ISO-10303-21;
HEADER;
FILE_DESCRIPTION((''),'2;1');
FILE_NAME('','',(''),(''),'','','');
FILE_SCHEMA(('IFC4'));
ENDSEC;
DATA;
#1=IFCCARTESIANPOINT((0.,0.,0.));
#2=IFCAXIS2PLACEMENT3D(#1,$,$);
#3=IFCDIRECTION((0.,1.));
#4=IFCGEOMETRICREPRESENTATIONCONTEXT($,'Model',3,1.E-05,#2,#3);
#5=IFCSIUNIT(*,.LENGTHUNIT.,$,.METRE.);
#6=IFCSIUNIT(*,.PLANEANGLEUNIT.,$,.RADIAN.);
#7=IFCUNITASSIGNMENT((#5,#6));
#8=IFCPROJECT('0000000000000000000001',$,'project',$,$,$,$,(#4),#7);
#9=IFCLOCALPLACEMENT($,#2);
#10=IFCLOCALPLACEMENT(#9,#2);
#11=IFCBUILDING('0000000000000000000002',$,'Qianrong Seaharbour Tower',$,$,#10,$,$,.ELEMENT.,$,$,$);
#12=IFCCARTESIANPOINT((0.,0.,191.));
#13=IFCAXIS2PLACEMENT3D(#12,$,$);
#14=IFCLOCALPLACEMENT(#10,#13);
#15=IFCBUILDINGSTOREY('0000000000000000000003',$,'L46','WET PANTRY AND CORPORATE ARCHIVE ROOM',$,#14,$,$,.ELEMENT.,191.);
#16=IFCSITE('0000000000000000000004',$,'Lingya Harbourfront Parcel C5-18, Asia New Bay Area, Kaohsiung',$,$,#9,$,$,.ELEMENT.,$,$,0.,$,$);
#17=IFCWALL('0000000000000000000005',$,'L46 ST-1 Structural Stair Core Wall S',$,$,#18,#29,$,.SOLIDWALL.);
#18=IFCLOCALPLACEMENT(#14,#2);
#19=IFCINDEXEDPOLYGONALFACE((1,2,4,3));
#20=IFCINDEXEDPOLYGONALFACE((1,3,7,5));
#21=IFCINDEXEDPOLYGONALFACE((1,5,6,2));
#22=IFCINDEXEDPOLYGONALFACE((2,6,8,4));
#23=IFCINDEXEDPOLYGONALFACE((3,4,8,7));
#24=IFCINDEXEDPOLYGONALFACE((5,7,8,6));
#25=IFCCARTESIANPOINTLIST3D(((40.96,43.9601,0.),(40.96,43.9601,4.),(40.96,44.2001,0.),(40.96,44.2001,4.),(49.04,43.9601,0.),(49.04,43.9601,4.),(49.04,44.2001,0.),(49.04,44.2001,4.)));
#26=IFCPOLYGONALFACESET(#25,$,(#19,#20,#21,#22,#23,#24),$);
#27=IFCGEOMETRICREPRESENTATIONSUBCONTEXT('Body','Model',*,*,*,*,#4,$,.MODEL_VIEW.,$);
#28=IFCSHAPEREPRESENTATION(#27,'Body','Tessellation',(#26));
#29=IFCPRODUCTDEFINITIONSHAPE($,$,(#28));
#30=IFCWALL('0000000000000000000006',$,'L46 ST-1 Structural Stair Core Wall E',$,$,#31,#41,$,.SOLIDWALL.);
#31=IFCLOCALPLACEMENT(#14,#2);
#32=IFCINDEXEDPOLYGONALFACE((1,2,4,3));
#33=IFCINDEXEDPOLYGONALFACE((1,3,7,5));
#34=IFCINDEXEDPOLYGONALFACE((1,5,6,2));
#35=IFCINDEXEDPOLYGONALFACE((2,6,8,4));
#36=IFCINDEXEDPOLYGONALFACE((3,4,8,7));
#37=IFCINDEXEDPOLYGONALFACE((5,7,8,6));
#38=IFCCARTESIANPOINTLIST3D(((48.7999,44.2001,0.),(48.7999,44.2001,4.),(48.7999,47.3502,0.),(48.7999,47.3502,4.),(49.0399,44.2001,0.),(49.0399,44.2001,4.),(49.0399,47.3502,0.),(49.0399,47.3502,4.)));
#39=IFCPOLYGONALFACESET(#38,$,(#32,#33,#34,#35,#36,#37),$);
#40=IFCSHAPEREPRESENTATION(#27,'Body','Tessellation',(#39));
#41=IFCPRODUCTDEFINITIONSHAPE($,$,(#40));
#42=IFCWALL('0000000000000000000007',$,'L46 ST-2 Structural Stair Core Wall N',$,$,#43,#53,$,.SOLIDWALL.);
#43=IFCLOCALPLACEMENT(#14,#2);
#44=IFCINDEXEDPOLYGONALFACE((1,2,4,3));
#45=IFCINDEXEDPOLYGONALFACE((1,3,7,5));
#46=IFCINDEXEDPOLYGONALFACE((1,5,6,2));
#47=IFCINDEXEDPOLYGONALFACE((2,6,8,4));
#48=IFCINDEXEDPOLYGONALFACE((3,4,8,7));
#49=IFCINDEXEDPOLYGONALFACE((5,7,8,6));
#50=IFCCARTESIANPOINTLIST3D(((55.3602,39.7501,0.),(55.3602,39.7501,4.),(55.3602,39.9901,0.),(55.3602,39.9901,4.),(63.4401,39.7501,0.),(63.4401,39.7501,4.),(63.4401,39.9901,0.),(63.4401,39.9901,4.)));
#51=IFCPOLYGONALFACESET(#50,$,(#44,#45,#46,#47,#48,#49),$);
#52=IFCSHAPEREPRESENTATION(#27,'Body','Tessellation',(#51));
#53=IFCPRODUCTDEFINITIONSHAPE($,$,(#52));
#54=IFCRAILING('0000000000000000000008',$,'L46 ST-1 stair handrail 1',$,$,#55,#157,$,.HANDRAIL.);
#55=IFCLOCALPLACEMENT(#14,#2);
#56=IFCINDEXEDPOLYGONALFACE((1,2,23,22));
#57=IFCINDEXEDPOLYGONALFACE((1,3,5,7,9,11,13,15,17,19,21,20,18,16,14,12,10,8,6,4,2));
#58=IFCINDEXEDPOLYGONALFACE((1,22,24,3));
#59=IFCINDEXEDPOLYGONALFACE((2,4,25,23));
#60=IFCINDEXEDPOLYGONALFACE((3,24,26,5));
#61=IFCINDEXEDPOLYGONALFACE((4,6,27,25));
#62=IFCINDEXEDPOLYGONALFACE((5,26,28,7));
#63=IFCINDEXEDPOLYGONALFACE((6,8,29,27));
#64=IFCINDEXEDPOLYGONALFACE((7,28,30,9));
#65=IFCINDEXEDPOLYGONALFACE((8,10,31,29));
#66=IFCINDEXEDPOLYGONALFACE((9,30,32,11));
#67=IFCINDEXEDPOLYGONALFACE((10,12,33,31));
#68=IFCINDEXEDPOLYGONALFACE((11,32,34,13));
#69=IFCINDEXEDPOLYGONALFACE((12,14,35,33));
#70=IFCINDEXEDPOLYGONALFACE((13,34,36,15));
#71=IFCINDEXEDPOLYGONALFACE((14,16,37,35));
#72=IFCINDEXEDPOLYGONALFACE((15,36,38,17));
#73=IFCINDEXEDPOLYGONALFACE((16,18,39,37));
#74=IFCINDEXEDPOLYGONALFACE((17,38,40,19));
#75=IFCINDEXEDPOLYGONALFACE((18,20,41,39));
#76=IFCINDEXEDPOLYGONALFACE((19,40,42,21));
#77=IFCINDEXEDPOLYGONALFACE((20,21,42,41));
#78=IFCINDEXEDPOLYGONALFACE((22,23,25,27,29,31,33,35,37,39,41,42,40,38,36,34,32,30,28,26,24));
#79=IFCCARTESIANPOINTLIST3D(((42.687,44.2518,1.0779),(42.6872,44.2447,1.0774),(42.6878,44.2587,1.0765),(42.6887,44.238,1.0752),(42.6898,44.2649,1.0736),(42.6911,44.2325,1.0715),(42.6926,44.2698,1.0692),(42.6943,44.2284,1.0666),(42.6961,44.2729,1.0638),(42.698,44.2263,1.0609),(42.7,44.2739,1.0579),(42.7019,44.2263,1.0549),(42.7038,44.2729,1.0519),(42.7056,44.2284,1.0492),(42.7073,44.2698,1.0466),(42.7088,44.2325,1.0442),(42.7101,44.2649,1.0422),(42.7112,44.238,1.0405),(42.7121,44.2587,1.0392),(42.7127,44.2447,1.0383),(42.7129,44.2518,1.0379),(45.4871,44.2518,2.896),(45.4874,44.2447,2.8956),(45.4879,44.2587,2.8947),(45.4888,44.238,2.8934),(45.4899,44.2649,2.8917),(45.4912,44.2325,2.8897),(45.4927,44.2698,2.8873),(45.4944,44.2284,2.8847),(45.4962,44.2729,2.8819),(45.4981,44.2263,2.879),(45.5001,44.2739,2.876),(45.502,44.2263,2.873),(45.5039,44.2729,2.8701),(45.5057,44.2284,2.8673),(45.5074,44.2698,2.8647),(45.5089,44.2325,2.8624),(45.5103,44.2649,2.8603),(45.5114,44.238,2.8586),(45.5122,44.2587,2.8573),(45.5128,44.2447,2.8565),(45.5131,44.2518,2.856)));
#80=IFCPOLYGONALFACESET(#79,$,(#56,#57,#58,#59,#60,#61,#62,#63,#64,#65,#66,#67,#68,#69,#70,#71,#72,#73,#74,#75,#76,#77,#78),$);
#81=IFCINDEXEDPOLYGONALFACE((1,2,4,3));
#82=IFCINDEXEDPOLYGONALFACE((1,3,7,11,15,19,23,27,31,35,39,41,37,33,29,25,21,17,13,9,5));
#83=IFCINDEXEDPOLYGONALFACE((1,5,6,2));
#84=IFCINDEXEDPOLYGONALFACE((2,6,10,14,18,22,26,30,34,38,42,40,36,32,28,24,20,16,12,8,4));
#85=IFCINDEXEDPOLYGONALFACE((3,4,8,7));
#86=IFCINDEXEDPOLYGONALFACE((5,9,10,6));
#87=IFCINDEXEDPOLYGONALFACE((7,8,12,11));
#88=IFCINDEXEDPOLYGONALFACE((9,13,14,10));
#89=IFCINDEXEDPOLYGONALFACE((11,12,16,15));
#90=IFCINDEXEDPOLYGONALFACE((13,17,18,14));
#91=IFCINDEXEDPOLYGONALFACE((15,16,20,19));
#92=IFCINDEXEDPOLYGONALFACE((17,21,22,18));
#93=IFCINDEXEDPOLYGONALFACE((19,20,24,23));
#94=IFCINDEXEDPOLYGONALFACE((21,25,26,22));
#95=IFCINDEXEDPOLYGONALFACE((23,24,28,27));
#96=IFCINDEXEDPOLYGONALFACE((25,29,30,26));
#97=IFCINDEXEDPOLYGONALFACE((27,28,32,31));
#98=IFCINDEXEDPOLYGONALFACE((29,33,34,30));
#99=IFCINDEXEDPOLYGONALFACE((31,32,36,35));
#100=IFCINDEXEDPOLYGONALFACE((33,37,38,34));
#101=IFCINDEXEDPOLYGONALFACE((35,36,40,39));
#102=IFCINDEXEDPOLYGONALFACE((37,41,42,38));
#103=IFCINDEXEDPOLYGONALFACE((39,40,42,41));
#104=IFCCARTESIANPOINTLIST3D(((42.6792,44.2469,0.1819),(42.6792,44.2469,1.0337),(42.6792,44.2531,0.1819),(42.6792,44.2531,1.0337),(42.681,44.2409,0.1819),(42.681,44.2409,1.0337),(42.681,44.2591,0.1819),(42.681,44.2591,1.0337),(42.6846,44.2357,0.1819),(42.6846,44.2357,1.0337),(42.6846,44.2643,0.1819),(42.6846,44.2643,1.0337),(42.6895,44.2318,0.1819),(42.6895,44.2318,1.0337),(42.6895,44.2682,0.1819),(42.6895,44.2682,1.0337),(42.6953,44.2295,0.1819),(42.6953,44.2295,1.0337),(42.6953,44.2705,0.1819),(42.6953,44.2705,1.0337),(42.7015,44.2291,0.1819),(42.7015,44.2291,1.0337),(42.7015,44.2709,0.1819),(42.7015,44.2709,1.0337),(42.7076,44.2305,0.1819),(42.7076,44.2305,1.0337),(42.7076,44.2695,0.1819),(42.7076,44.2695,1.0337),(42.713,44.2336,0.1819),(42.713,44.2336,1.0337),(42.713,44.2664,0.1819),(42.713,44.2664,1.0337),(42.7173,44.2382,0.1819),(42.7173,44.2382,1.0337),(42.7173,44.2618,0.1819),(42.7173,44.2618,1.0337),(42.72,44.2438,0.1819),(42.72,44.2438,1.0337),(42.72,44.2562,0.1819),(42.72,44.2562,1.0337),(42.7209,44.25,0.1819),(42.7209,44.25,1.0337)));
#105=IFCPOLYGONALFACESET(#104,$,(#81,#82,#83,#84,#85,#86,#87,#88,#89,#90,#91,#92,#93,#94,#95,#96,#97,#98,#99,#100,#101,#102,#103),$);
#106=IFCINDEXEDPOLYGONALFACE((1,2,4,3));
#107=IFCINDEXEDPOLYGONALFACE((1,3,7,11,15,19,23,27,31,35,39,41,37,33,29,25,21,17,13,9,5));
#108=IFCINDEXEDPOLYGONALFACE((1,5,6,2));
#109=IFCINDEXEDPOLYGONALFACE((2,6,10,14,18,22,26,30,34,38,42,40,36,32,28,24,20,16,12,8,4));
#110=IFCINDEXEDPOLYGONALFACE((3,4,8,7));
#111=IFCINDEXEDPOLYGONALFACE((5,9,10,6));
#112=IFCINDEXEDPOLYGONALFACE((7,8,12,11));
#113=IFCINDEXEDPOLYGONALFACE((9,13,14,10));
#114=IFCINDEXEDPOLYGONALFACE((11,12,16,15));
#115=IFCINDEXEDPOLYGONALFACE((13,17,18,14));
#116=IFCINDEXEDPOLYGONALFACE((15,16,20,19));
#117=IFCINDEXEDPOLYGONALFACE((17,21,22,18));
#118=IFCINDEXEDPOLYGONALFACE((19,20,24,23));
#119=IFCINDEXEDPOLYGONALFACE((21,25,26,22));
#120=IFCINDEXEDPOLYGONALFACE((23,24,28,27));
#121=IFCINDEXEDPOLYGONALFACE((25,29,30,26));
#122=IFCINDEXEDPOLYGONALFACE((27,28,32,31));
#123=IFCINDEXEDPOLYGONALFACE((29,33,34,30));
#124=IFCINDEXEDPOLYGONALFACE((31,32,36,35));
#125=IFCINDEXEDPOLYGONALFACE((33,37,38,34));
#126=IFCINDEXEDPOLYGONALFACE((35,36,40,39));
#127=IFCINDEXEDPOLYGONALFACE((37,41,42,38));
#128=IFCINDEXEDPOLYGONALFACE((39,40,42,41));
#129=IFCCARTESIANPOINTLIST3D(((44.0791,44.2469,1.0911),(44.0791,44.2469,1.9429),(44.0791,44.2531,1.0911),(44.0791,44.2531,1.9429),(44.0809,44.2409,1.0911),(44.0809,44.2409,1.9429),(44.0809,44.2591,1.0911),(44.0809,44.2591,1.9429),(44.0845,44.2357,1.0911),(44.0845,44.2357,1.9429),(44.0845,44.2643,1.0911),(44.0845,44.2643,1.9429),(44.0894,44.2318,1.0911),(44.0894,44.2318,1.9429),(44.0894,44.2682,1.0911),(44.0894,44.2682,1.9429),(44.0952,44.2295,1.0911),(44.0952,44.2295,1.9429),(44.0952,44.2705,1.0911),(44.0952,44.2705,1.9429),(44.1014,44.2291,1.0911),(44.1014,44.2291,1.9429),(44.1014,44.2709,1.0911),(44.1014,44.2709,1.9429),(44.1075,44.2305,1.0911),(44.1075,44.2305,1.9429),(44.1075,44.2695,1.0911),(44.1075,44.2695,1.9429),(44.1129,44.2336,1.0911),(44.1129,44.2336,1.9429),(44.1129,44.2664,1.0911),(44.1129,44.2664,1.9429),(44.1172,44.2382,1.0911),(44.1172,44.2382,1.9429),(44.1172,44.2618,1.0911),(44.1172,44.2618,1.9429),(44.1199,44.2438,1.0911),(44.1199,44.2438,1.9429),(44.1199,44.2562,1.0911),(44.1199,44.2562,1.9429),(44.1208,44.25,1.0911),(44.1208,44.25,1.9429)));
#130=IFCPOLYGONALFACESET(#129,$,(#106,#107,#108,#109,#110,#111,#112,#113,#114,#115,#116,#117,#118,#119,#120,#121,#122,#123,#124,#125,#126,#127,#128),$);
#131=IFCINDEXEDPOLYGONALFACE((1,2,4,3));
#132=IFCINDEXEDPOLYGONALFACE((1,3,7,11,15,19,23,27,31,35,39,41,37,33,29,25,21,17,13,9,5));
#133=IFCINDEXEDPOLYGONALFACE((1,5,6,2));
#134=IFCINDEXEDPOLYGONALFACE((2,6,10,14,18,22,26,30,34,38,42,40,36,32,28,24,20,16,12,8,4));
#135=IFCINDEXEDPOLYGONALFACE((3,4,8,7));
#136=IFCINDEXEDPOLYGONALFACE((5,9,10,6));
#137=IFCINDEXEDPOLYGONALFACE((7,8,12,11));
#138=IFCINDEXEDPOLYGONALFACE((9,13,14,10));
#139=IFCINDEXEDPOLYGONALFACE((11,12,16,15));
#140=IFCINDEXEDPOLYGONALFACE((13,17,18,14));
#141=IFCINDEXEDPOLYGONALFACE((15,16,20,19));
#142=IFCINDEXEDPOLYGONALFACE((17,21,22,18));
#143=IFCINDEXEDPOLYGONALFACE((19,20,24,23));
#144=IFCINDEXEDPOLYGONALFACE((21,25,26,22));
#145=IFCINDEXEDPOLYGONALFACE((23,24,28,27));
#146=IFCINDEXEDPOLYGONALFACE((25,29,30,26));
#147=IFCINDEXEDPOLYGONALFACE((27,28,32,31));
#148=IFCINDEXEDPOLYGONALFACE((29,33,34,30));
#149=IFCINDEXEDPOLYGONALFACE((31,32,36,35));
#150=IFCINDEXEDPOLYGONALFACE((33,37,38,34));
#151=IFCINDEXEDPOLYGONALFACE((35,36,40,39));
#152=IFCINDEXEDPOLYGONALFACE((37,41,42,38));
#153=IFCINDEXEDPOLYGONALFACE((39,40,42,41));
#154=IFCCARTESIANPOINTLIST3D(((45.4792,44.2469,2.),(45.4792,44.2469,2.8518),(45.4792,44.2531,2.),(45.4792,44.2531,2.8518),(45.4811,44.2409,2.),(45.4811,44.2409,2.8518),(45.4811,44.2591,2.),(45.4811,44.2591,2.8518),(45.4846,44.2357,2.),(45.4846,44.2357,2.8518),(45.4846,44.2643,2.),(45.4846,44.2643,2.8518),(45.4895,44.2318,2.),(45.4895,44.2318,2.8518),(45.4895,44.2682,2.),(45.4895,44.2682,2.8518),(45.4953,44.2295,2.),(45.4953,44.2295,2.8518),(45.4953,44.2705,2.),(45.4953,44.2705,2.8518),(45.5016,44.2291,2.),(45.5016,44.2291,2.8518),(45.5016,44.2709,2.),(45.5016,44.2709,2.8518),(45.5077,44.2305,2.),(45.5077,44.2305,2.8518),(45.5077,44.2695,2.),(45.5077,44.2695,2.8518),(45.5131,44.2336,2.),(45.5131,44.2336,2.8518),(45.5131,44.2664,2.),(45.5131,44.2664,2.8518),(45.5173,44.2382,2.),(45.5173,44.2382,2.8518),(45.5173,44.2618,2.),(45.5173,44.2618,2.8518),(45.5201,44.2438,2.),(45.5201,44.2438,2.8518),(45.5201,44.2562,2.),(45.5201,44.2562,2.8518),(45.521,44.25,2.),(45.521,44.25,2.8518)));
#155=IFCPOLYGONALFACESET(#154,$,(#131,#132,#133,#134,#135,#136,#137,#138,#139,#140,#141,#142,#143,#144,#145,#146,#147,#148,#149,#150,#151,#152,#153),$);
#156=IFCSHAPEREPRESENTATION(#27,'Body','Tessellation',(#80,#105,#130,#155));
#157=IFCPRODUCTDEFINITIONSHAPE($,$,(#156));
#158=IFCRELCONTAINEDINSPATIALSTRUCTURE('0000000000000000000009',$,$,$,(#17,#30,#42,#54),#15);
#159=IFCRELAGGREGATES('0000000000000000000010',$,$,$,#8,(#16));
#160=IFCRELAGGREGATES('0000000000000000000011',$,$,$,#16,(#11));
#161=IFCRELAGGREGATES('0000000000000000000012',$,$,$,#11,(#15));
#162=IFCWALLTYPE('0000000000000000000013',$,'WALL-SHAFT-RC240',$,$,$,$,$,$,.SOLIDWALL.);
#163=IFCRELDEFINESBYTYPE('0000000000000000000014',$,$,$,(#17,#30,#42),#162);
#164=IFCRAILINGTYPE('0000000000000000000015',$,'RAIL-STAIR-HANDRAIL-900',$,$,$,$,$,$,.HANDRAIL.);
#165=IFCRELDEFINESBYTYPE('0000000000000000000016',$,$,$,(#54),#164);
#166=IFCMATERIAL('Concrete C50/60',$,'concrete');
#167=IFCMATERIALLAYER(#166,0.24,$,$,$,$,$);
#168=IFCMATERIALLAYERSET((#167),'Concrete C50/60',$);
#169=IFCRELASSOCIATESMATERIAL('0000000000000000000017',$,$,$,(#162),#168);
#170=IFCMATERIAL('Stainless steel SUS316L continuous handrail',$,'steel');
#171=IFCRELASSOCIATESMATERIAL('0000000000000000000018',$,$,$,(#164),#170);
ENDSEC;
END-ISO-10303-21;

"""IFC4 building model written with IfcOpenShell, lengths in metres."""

from ifc_helpers import new_model, si_unit, direction, frame, frame_2d, origin, origin_2d, place, context, subcontext, project, spatial, rectangle, circle, extrude, material, layer, layer_set, type_object, element, save


model = new_model("IFC4")

# Units and contexts
model_context = context("Model", 3, precision=1e-05, world=origin(), true_north=direction((0.0, 1.0)))
body_context = subcontext(model_context, "Body", "Model", "MODEL_VIEW")
ifc_project = project(units=[si_unit("LENGTHUNIT", "METRE"), si_unit("PLANEANGLEUNIT", "RADIAN")], contexts=[model_context])

# Site, building, storey
site_placement = place(None, origin())
site = spatial("IfcSite", under=ifc_project, at=site_placement, Name="Lingya Harbourfront Parcel C5-18, Asia New Bay Area, Kaohsiung", CompositionType="ELEMENT", RefElevation=0.0)
building_placement = place(site_placement, origin())
building = spatial("IfcBuilding", under=site, at=building_placement, Name="Qianrong Seaharbour Tower", CompositionType="ELEMENT")
storey_placement = place(building_placement, frame((0.0, 0.0, 191.0)))
storey = spatial("IfcBuildingStorey", under=building, at=storey_placement, Name="L46", Description="WET PANTRY AND CORPORATE ARCHIVE ROOM", CompositionType="ELEMENT", Elevation=191.0)

# Walls
ifc_material_1 = material(Name="Concrete C50/60", Category="concrete")
ifc_layer_1 = layer(ifc_material_1, 0.24)
ifc_layer_set_1 = layer_set([ifc_layer_1], Name="Concrete C50/60")
wall_type_1 = type_object("IfcWallType", Name="WALL-SHAFT-RC240", PredefinedType="SOLIDWALL", material=ifc_layer_set_1)
wall_1_placement = place(storey_placement, frame((49.04, 44.0801, 0.0), z_axis=(0.0, 0.0, 1.0), x_axis=(-1.0, 0.0, 0.0)))
element("IfcWall", 1, at=wall_1_placement, inside=storey, type_object=wall_type_1, Name="L46 ST-1 Structural Stair Core Wall S", PredefinedType="SOLIDWALL", context=body_context, shape_type="SweptSolid", body=[
    extrude(rectangle(XDim=8.0801, YDim=0.24, at=frame_2d((4.04, 0.0))), origin(), (0.0, 0.0, 1.0), 4.0),
])
wall_2_placement = place(storey_placement, frame((48.9199, 44.2, 0.0), z_axis=(0.0, 0.0, 1.0), x_axis=(0.0, 1.0, 0.0)))
element("IfcWall", 2, at=wall_2_placement, inside=storey, type_object=wall_type_1, Name="L46 ST-1 Structural Stair Core Wall E", PredefinedType="SOLIDWALL", context=body_context, shape_type="SweptSolid", body=[
    extrude(rectangle(XDim=3.1501, YDim=0.24, at=frame_2d((1.5752, 0.0))), origin(), (0.0, 0.0, 1.0), 4.0),
])
wall_3_placement = place(storey_placement, frame((55.3601, 39.8701, 0.0), z_axis=(0.0, 0.0, 1.0), x_axis=(1.0, 0.0, 0.0)))
element("IfcWall", 3, at=wall_3_placement, inside=storey, type_object=wall_type_1, Name="L46 ST-2 Structural Stair Core Wall N", PredefinedType="SOLIDWALL", context=body_context, shape_type="SweptSolid", body=[
    extrude(rectangle(XDim=8.0798, YDim=0.24, at=frame_2d((4.04, 0.0))), origin(), (0.0, 0.0, 1.0), 4.0),
])

# Railing
ifc_material_2 = material(Name="Stainless steel SUS316L continuous handrail", Category="steel")
railing_type = type_object("IfcRailingType", Name="RAIL-STAIR-HANDRAIL-900", PredefinedType="HANDRAIL", material=ifc_material_2)
railing_placement = place(storey_placement, frame((42.7, 44.25, 0.1819)))
element("IfcRailing", 4, at=railing_placement, inside=storey, type_object=railing_type, Name="L46 ST-1 stair handrail 1", PredefinedType="HANDRAIL", context=body_context, shape_type="SweptSolid", body=[
    extrude(circle(Radius=0.0239, at=origin_2d()), frame((0.0, 0.0, 0.876), z_axis=(0.838706, 0.0, 0.544585), x_axis=(0.0, 1.0, 0.0)), (0.0, 0.0, 1.0), 3.3386),
    extrude(circle(Radius=0.021, at=origin_2d()), origin(), (0.0, 0.0, 1.0), 0.8518),
    extrude(circle(Radius=0.021, at=origin_2d()), frame((1.3999, 0.0, 0.9092)), (0.0, 0.0, 1.0), 0.8518),
    extrude(circle(Radius=0.021, at=origin_2d()), frame((2.8, 0.0, 1.8181)), (0.0, 0.0, 1.0), 0.8518),
])

save(model, "model.ifc")
